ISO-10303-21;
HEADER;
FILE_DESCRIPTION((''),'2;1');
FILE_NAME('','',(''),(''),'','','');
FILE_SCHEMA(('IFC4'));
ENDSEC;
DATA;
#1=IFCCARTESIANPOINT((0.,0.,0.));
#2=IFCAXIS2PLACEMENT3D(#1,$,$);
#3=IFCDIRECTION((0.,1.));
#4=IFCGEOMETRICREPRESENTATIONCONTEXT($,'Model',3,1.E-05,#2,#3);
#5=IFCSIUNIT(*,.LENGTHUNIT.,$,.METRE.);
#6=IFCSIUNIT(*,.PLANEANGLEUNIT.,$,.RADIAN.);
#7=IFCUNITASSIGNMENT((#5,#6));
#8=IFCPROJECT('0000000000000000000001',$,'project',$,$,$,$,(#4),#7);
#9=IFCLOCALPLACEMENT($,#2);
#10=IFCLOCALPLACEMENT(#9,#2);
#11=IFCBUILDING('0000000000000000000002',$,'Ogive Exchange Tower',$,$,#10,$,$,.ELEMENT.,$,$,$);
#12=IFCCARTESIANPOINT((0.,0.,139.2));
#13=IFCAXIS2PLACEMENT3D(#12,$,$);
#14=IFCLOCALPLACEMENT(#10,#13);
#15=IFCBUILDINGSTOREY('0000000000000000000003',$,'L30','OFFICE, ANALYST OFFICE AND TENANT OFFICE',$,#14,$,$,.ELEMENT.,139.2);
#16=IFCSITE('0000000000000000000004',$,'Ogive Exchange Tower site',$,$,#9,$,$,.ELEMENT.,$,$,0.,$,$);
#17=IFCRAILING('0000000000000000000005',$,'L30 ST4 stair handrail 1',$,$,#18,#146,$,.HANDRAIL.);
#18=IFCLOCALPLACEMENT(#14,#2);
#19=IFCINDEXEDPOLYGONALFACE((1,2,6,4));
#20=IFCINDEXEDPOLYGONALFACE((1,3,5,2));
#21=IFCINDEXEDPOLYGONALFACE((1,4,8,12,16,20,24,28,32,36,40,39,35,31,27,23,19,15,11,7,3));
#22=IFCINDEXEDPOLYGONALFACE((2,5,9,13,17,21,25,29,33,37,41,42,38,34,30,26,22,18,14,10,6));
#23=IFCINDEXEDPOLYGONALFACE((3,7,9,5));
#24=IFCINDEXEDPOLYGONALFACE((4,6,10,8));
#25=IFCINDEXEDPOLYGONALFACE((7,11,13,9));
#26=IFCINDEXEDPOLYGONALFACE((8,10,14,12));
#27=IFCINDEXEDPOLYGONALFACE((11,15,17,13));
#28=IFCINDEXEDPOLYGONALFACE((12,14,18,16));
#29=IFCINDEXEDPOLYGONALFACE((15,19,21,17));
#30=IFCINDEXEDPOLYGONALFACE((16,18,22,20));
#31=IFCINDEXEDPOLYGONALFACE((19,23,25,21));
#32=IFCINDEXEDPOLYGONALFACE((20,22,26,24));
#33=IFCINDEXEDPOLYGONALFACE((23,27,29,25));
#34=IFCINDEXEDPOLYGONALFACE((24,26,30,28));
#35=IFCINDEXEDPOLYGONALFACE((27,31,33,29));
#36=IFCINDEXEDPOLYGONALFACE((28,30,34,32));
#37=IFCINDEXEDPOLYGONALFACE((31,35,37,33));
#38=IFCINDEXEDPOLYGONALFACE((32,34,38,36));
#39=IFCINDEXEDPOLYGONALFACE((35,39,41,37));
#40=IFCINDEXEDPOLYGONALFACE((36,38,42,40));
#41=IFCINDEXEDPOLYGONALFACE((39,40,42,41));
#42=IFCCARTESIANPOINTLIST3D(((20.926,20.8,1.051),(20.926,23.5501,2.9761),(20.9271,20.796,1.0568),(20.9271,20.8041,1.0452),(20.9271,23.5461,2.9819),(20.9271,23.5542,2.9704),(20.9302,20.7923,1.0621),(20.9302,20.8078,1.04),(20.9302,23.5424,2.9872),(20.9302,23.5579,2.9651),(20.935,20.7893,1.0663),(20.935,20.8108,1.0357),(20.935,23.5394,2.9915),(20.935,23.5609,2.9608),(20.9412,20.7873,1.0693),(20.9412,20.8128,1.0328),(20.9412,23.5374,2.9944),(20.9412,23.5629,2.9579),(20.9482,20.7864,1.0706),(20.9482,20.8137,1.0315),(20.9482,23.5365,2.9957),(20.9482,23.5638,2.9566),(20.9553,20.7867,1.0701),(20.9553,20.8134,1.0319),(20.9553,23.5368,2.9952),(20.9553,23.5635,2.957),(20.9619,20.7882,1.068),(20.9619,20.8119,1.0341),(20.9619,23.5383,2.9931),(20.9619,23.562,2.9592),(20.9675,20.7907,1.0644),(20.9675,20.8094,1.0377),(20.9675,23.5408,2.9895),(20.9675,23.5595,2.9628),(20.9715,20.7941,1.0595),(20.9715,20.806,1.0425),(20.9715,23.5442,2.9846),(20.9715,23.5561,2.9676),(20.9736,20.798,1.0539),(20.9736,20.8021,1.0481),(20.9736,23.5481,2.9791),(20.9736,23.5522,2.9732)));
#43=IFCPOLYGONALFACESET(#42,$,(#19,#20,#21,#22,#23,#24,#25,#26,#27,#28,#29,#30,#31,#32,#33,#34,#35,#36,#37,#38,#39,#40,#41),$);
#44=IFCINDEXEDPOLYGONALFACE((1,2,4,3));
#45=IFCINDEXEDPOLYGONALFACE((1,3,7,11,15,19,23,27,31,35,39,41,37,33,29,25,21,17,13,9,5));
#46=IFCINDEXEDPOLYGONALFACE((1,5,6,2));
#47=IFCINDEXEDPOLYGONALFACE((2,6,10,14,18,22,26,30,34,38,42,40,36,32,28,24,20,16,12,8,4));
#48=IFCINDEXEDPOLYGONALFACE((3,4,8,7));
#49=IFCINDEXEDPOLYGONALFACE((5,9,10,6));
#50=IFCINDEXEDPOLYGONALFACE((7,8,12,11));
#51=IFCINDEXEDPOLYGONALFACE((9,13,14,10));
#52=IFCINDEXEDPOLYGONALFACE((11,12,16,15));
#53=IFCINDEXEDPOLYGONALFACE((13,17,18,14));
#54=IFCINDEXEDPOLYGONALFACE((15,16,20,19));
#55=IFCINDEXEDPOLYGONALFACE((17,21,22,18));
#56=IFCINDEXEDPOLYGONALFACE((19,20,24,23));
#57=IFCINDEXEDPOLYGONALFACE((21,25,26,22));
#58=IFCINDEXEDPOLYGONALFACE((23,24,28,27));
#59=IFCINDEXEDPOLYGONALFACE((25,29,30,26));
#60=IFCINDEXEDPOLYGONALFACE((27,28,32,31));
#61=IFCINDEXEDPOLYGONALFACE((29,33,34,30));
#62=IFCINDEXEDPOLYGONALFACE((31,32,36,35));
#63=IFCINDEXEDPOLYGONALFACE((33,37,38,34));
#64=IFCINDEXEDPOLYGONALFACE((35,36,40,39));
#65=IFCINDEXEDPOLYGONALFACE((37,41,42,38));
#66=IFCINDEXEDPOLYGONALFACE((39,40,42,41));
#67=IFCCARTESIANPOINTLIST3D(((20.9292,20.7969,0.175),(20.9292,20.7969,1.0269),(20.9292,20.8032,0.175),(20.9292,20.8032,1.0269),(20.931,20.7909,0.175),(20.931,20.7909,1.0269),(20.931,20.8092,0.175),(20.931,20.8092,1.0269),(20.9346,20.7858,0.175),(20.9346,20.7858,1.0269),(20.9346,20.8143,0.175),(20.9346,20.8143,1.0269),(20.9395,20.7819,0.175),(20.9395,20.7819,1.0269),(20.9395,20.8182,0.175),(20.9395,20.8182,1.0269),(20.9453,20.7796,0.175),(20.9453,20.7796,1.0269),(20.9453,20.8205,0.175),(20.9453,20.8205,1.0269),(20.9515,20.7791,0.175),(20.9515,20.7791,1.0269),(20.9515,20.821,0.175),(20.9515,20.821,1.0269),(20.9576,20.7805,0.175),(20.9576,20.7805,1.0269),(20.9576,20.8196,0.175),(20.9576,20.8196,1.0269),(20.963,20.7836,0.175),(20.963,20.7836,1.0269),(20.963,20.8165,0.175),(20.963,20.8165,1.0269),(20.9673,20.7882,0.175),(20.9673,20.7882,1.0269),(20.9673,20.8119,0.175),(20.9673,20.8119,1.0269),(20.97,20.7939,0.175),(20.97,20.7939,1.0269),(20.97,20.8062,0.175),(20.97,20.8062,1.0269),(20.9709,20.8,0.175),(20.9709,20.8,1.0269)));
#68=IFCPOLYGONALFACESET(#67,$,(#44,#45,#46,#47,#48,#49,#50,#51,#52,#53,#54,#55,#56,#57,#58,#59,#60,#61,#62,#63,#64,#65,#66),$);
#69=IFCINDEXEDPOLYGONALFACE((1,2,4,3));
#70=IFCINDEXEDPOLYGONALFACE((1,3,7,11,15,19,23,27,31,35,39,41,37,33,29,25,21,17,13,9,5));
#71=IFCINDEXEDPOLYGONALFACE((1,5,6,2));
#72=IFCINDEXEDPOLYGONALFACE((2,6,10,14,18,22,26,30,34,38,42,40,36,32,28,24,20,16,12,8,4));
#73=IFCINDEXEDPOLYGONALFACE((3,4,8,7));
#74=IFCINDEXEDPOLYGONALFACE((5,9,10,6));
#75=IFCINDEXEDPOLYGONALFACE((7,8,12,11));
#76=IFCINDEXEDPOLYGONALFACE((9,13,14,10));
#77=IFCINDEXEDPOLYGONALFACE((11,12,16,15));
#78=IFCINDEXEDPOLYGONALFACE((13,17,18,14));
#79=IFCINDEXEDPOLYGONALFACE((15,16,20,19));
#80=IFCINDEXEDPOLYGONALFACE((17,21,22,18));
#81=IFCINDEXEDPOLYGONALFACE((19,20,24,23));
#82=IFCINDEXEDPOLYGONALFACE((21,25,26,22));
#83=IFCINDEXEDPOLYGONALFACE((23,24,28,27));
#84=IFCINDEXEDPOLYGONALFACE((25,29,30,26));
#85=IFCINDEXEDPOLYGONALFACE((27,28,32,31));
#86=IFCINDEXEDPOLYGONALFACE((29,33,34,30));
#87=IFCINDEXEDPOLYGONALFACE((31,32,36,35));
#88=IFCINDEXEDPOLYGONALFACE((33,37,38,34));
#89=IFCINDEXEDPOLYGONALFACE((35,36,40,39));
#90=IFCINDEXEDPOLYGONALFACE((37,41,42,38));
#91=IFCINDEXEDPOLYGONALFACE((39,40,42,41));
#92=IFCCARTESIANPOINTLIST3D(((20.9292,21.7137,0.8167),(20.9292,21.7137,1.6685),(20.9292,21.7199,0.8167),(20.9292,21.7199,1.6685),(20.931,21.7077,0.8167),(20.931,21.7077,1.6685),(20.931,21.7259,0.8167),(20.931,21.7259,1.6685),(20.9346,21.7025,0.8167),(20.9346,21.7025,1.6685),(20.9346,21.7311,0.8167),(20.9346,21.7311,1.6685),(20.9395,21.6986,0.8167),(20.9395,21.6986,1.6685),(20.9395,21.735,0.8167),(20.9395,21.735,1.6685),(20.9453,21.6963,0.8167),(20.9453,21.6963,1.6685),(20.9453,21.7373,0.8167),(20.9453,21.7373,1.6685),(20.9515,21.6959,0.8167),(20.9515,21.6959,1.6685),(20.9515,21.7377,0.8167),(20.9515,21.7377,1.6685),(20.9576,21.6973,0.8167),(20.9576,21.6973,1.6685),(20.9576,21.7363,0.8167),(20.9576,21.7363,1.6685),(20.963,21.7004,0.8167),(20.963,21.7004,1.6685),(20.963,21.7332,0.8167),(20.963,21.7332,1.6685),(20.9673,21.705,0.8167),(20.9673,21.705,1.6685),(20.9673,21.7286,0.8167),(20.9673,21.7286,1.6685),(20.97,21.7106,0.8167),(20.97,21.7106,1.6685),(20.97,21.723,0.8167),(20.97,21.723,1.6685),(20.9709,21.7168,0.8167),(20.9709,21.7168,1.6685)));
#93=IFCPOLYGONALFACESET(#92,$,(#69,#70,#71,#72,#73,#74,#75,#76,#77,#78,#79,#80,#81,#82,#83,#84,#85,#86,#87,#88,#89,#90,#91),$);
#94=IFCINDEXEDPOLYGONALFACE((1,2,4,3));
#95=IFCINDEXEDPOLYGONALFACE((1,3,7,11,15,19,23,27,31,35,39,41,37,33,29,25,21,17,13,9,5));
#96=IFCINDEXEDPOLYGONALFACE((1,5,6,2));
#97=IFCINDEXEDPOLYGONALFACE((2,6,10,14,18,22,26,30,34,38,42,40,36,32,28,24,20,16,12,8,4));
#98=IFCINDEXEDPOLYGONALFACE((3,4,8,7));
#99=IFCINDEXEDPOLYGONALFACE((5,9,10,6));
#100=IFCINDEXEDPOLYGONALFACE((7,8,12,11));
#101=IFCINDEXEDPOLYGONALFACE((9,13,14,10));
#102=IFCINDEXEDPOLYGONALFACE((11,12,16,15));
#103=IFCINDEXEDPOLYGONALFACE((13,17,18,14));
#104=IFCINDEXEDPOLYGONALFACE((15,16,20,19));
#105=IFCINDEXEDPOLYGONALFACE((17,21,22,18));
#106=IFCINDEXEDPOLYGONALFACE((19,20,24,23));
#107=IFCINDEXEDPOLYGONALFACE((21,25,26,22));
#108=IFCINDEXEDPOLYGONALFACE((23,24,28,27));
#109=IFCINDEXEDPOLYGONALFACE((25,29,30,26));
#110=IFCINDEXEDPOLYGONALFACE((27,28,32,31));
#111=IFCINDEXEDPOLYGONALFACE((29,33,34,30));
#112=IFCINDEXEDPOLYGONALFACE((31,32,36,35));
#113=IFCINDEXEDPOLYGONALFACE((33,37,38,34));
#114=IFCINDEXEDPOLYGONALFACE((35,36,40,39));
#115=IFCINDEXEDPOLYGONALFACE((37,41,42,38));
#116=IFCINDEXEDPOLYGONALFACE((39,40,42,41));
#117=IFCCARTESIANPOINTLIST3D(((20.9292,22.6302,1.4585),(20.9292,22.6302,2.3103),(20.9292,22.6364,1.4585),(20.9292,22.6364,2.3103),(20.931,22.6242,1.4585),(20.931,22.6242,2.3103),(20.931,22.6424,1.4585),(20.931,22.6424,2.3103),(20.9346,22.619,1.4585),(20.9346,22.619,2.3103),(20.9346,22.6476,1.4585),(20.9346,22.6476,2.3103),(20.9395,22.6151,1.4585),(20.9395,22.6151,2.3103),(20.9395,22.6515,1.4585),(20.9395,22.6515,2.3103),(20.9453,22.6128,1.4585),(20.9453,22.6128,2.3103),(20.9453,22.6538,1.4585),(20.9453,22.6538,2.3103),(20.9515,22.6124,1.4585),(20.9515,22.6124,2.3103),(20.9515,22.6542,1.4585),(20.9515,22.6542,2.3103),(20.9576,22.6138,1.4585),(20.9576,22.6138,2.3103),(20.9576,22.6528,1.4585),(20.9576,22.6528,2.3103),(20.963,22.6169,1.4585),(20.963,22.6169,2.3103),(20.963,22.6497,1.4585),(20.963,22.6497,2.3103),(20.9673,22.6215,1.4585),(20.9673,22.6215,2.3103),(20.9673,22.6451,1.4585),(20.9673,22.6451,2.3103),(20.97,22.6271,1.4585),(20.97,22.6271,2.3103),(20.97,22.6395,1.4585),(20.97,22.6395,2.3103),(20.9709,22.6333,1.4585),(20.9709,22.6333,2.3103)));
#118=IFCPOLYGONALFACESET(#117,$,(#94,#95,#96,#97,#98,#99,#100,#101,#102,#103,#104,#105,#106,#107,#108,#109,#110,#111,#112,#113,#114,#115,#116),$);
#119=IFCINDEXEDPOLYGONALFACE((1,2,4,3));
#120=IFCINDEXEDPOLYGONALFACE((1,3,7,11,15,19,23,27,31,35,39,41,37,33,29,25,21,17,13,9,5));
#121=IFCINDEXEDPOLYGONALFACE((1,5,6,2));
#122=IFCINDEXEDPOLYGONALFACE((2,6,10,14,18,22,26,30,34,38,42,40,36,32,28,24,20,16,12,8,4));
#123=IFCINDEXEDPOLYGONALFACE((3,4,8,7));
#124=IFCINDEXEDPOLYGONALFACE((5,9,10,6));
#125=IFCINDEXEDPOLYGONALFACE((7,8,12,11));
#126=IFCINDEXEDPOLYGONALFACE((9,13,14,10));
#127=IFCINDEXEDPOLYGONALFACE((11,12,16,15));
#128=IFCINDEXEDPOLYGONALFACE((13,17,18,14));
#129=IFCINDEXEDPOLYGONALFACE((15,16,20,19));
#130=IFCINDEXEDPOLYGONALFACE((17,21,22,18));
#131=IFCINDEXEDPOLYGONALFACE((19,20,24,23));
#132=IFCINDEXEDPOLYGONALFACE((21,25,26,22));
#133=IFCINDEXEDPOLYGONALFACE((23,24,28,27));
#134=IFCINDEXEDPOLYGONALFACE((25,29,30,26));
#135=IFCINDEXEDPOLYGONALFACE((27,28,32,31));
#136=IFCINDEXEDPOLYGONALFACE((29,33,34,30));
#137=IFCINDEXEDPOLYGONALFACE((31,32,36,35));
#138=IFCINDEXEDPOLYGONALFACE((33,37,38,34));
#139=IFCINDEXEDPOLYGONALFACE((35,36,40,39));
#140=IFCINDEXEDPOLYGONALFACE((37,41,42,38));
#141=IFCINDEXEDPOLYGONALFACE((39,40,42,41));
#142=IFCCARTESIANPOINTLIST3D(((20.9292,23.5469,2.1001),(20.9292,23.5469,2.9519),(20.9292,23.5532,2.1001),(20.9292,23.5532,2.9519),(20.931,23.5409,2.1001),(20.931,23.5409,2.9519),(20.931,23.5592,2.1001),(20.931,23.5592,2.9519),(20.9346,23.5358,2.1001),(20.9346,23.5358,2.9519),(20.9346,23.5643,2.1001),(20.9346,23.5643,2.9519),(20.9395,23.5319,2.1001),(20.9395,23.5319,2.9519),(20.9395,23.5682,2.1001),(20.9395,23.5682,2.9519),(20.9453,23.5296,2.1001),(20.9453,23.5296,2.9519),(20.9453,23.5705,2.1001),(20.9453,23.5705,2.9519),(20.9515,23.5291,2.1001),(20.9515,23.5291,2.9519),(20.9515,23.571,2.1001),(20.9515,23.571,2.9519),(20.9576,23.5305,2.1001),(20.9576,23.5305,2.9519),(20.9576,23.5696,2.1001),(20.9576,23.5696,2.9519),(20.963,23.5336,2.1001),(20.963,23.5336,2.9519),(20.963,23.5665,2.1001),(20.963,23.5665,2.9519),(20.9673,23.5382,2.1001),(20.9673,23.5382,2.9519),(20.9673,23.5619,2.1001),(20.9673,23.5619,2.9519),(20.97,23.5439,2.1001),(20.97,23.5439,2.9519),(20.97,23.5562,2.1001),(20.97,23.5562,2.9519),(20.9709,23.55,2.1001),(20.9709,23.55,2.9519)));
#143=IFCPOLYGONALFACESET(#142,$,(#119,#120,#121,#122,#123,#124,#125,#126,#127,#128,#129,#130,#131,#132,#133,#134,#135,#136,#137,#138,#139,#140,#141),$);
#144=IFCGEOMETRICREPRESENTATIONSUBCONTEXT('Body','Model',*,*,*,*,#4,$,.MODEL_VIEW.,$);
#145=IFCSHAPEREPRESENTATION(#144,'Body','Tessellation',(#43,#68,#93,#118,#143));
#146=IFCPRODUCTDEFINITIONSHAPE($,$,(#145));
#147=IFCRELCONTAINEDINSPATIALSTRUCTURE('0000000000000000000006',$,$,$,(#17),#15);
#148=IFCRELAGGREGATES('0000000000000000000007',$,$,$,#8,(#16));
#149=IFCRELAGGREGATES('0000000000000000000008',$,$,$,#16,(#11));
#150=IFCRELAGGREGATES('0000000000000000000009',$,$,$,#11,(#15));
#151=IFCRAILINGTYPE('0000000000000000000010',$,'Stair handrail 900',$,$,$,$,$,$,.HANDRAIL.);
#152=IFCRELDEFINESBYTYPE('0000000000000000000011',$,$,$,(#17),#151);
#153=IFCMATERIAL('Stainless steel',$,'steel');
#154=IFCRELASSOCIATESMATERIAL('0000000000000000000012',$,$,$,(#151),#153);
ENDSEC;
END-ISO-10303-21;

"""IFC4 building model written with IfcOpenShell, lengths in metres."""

from ifc_helpers import new_model, si_unit, direction, frame, origin, origin_2d, place, context, subcontext, project, spatial, circle, extrude, material, type_object, element, save


model = new_model("IFC4")

# Units and contexts
model_context = context("Model", 3, precision=1e-05, world=origin(), true_north=direction((0.0, 1.0)))
body_context = subcontext(model_context, "Body", "Model", "MODEL_VIEW")
ifc_project = project(units=[si_unit("LENGTHUNIT", "METRE"), si_unit("PLANEANGLEUNIT", "RADIAN")], contexts=[model_context])

# Site, building, storey
site_placement = place(None, origin())
site = spatial("IfcSite", under=ifc_project, at=site_placement, Name="Ogive Exchange Tower site", CompositionType="ELEMENT", RefElevation=0.0)
building_placement = place(site_placement, origin())
building = spatial("IfcBuilding", under=site, at=building_placement, Name="Ogive Exchange Tower", CompositionType="ELEMENT")
storey_placement = place(building_placement, frame((0.0, 0.0, 139.2)))
storey = spatial("IfcBuildingStorey", under=building, at=storey_placement, Name="L30", Description="OFFICE, ANALYST OFFICE AND TENANT OFFICE", CompositionType="ELEMENT", Elevation=139.2)

# Railing
ifc_material_1 = material(Name="Stainless steel", Category="steel")
railing_type = type_object("IfcRailingType", Name="Stair handrail 900", PredefinedType="HANDRAIL", material=ifc_material_1)
railing_placement = place(storey_placement, frame((20.95, 20.8, 0.175)))
element("IfcRailing", 1, at=railing_placement, inside=storey, type_object=railing_type, Name="L30 ST4 stair handrail 1", PredefinedType="HANDRAIL", context=body_context, shape_type="SweptSolid", body=[
    extrude(circle(Radius=0.0239, at=origin_2d()), frame((0.0, 0.0, 0.876), z_axis=(0.0, 0.819225, 0.573472), x_axis=(-1.0, 0.0, 0.0)), (0.0, 0.0, 1.0), 3.3569),
    extrude(circle(Radius=0.021, at=origin_2d()), origin(), (0.0, 0.0, 1.0), 0.8518),
    extrude(circle(Radius=0.021, at=origin_2d()), frame((0.0, 0.9167, 0.6416)), (0.0, 0.0, 1.0), 0.8518),
    extrude(circle(Radius=0.021, at=origin_2d()), frame((0.0, 1.8333, 1.2834)), (0.0, 0.0, 1.0), 0.8518),
    extrude(circle(Radius=0.021, at=origin_2d()), frame((0.0, 2.75, 1.925)), (0.0, 0.0, 1.0), 0.8518),
])

save(model, "model.ifc")
